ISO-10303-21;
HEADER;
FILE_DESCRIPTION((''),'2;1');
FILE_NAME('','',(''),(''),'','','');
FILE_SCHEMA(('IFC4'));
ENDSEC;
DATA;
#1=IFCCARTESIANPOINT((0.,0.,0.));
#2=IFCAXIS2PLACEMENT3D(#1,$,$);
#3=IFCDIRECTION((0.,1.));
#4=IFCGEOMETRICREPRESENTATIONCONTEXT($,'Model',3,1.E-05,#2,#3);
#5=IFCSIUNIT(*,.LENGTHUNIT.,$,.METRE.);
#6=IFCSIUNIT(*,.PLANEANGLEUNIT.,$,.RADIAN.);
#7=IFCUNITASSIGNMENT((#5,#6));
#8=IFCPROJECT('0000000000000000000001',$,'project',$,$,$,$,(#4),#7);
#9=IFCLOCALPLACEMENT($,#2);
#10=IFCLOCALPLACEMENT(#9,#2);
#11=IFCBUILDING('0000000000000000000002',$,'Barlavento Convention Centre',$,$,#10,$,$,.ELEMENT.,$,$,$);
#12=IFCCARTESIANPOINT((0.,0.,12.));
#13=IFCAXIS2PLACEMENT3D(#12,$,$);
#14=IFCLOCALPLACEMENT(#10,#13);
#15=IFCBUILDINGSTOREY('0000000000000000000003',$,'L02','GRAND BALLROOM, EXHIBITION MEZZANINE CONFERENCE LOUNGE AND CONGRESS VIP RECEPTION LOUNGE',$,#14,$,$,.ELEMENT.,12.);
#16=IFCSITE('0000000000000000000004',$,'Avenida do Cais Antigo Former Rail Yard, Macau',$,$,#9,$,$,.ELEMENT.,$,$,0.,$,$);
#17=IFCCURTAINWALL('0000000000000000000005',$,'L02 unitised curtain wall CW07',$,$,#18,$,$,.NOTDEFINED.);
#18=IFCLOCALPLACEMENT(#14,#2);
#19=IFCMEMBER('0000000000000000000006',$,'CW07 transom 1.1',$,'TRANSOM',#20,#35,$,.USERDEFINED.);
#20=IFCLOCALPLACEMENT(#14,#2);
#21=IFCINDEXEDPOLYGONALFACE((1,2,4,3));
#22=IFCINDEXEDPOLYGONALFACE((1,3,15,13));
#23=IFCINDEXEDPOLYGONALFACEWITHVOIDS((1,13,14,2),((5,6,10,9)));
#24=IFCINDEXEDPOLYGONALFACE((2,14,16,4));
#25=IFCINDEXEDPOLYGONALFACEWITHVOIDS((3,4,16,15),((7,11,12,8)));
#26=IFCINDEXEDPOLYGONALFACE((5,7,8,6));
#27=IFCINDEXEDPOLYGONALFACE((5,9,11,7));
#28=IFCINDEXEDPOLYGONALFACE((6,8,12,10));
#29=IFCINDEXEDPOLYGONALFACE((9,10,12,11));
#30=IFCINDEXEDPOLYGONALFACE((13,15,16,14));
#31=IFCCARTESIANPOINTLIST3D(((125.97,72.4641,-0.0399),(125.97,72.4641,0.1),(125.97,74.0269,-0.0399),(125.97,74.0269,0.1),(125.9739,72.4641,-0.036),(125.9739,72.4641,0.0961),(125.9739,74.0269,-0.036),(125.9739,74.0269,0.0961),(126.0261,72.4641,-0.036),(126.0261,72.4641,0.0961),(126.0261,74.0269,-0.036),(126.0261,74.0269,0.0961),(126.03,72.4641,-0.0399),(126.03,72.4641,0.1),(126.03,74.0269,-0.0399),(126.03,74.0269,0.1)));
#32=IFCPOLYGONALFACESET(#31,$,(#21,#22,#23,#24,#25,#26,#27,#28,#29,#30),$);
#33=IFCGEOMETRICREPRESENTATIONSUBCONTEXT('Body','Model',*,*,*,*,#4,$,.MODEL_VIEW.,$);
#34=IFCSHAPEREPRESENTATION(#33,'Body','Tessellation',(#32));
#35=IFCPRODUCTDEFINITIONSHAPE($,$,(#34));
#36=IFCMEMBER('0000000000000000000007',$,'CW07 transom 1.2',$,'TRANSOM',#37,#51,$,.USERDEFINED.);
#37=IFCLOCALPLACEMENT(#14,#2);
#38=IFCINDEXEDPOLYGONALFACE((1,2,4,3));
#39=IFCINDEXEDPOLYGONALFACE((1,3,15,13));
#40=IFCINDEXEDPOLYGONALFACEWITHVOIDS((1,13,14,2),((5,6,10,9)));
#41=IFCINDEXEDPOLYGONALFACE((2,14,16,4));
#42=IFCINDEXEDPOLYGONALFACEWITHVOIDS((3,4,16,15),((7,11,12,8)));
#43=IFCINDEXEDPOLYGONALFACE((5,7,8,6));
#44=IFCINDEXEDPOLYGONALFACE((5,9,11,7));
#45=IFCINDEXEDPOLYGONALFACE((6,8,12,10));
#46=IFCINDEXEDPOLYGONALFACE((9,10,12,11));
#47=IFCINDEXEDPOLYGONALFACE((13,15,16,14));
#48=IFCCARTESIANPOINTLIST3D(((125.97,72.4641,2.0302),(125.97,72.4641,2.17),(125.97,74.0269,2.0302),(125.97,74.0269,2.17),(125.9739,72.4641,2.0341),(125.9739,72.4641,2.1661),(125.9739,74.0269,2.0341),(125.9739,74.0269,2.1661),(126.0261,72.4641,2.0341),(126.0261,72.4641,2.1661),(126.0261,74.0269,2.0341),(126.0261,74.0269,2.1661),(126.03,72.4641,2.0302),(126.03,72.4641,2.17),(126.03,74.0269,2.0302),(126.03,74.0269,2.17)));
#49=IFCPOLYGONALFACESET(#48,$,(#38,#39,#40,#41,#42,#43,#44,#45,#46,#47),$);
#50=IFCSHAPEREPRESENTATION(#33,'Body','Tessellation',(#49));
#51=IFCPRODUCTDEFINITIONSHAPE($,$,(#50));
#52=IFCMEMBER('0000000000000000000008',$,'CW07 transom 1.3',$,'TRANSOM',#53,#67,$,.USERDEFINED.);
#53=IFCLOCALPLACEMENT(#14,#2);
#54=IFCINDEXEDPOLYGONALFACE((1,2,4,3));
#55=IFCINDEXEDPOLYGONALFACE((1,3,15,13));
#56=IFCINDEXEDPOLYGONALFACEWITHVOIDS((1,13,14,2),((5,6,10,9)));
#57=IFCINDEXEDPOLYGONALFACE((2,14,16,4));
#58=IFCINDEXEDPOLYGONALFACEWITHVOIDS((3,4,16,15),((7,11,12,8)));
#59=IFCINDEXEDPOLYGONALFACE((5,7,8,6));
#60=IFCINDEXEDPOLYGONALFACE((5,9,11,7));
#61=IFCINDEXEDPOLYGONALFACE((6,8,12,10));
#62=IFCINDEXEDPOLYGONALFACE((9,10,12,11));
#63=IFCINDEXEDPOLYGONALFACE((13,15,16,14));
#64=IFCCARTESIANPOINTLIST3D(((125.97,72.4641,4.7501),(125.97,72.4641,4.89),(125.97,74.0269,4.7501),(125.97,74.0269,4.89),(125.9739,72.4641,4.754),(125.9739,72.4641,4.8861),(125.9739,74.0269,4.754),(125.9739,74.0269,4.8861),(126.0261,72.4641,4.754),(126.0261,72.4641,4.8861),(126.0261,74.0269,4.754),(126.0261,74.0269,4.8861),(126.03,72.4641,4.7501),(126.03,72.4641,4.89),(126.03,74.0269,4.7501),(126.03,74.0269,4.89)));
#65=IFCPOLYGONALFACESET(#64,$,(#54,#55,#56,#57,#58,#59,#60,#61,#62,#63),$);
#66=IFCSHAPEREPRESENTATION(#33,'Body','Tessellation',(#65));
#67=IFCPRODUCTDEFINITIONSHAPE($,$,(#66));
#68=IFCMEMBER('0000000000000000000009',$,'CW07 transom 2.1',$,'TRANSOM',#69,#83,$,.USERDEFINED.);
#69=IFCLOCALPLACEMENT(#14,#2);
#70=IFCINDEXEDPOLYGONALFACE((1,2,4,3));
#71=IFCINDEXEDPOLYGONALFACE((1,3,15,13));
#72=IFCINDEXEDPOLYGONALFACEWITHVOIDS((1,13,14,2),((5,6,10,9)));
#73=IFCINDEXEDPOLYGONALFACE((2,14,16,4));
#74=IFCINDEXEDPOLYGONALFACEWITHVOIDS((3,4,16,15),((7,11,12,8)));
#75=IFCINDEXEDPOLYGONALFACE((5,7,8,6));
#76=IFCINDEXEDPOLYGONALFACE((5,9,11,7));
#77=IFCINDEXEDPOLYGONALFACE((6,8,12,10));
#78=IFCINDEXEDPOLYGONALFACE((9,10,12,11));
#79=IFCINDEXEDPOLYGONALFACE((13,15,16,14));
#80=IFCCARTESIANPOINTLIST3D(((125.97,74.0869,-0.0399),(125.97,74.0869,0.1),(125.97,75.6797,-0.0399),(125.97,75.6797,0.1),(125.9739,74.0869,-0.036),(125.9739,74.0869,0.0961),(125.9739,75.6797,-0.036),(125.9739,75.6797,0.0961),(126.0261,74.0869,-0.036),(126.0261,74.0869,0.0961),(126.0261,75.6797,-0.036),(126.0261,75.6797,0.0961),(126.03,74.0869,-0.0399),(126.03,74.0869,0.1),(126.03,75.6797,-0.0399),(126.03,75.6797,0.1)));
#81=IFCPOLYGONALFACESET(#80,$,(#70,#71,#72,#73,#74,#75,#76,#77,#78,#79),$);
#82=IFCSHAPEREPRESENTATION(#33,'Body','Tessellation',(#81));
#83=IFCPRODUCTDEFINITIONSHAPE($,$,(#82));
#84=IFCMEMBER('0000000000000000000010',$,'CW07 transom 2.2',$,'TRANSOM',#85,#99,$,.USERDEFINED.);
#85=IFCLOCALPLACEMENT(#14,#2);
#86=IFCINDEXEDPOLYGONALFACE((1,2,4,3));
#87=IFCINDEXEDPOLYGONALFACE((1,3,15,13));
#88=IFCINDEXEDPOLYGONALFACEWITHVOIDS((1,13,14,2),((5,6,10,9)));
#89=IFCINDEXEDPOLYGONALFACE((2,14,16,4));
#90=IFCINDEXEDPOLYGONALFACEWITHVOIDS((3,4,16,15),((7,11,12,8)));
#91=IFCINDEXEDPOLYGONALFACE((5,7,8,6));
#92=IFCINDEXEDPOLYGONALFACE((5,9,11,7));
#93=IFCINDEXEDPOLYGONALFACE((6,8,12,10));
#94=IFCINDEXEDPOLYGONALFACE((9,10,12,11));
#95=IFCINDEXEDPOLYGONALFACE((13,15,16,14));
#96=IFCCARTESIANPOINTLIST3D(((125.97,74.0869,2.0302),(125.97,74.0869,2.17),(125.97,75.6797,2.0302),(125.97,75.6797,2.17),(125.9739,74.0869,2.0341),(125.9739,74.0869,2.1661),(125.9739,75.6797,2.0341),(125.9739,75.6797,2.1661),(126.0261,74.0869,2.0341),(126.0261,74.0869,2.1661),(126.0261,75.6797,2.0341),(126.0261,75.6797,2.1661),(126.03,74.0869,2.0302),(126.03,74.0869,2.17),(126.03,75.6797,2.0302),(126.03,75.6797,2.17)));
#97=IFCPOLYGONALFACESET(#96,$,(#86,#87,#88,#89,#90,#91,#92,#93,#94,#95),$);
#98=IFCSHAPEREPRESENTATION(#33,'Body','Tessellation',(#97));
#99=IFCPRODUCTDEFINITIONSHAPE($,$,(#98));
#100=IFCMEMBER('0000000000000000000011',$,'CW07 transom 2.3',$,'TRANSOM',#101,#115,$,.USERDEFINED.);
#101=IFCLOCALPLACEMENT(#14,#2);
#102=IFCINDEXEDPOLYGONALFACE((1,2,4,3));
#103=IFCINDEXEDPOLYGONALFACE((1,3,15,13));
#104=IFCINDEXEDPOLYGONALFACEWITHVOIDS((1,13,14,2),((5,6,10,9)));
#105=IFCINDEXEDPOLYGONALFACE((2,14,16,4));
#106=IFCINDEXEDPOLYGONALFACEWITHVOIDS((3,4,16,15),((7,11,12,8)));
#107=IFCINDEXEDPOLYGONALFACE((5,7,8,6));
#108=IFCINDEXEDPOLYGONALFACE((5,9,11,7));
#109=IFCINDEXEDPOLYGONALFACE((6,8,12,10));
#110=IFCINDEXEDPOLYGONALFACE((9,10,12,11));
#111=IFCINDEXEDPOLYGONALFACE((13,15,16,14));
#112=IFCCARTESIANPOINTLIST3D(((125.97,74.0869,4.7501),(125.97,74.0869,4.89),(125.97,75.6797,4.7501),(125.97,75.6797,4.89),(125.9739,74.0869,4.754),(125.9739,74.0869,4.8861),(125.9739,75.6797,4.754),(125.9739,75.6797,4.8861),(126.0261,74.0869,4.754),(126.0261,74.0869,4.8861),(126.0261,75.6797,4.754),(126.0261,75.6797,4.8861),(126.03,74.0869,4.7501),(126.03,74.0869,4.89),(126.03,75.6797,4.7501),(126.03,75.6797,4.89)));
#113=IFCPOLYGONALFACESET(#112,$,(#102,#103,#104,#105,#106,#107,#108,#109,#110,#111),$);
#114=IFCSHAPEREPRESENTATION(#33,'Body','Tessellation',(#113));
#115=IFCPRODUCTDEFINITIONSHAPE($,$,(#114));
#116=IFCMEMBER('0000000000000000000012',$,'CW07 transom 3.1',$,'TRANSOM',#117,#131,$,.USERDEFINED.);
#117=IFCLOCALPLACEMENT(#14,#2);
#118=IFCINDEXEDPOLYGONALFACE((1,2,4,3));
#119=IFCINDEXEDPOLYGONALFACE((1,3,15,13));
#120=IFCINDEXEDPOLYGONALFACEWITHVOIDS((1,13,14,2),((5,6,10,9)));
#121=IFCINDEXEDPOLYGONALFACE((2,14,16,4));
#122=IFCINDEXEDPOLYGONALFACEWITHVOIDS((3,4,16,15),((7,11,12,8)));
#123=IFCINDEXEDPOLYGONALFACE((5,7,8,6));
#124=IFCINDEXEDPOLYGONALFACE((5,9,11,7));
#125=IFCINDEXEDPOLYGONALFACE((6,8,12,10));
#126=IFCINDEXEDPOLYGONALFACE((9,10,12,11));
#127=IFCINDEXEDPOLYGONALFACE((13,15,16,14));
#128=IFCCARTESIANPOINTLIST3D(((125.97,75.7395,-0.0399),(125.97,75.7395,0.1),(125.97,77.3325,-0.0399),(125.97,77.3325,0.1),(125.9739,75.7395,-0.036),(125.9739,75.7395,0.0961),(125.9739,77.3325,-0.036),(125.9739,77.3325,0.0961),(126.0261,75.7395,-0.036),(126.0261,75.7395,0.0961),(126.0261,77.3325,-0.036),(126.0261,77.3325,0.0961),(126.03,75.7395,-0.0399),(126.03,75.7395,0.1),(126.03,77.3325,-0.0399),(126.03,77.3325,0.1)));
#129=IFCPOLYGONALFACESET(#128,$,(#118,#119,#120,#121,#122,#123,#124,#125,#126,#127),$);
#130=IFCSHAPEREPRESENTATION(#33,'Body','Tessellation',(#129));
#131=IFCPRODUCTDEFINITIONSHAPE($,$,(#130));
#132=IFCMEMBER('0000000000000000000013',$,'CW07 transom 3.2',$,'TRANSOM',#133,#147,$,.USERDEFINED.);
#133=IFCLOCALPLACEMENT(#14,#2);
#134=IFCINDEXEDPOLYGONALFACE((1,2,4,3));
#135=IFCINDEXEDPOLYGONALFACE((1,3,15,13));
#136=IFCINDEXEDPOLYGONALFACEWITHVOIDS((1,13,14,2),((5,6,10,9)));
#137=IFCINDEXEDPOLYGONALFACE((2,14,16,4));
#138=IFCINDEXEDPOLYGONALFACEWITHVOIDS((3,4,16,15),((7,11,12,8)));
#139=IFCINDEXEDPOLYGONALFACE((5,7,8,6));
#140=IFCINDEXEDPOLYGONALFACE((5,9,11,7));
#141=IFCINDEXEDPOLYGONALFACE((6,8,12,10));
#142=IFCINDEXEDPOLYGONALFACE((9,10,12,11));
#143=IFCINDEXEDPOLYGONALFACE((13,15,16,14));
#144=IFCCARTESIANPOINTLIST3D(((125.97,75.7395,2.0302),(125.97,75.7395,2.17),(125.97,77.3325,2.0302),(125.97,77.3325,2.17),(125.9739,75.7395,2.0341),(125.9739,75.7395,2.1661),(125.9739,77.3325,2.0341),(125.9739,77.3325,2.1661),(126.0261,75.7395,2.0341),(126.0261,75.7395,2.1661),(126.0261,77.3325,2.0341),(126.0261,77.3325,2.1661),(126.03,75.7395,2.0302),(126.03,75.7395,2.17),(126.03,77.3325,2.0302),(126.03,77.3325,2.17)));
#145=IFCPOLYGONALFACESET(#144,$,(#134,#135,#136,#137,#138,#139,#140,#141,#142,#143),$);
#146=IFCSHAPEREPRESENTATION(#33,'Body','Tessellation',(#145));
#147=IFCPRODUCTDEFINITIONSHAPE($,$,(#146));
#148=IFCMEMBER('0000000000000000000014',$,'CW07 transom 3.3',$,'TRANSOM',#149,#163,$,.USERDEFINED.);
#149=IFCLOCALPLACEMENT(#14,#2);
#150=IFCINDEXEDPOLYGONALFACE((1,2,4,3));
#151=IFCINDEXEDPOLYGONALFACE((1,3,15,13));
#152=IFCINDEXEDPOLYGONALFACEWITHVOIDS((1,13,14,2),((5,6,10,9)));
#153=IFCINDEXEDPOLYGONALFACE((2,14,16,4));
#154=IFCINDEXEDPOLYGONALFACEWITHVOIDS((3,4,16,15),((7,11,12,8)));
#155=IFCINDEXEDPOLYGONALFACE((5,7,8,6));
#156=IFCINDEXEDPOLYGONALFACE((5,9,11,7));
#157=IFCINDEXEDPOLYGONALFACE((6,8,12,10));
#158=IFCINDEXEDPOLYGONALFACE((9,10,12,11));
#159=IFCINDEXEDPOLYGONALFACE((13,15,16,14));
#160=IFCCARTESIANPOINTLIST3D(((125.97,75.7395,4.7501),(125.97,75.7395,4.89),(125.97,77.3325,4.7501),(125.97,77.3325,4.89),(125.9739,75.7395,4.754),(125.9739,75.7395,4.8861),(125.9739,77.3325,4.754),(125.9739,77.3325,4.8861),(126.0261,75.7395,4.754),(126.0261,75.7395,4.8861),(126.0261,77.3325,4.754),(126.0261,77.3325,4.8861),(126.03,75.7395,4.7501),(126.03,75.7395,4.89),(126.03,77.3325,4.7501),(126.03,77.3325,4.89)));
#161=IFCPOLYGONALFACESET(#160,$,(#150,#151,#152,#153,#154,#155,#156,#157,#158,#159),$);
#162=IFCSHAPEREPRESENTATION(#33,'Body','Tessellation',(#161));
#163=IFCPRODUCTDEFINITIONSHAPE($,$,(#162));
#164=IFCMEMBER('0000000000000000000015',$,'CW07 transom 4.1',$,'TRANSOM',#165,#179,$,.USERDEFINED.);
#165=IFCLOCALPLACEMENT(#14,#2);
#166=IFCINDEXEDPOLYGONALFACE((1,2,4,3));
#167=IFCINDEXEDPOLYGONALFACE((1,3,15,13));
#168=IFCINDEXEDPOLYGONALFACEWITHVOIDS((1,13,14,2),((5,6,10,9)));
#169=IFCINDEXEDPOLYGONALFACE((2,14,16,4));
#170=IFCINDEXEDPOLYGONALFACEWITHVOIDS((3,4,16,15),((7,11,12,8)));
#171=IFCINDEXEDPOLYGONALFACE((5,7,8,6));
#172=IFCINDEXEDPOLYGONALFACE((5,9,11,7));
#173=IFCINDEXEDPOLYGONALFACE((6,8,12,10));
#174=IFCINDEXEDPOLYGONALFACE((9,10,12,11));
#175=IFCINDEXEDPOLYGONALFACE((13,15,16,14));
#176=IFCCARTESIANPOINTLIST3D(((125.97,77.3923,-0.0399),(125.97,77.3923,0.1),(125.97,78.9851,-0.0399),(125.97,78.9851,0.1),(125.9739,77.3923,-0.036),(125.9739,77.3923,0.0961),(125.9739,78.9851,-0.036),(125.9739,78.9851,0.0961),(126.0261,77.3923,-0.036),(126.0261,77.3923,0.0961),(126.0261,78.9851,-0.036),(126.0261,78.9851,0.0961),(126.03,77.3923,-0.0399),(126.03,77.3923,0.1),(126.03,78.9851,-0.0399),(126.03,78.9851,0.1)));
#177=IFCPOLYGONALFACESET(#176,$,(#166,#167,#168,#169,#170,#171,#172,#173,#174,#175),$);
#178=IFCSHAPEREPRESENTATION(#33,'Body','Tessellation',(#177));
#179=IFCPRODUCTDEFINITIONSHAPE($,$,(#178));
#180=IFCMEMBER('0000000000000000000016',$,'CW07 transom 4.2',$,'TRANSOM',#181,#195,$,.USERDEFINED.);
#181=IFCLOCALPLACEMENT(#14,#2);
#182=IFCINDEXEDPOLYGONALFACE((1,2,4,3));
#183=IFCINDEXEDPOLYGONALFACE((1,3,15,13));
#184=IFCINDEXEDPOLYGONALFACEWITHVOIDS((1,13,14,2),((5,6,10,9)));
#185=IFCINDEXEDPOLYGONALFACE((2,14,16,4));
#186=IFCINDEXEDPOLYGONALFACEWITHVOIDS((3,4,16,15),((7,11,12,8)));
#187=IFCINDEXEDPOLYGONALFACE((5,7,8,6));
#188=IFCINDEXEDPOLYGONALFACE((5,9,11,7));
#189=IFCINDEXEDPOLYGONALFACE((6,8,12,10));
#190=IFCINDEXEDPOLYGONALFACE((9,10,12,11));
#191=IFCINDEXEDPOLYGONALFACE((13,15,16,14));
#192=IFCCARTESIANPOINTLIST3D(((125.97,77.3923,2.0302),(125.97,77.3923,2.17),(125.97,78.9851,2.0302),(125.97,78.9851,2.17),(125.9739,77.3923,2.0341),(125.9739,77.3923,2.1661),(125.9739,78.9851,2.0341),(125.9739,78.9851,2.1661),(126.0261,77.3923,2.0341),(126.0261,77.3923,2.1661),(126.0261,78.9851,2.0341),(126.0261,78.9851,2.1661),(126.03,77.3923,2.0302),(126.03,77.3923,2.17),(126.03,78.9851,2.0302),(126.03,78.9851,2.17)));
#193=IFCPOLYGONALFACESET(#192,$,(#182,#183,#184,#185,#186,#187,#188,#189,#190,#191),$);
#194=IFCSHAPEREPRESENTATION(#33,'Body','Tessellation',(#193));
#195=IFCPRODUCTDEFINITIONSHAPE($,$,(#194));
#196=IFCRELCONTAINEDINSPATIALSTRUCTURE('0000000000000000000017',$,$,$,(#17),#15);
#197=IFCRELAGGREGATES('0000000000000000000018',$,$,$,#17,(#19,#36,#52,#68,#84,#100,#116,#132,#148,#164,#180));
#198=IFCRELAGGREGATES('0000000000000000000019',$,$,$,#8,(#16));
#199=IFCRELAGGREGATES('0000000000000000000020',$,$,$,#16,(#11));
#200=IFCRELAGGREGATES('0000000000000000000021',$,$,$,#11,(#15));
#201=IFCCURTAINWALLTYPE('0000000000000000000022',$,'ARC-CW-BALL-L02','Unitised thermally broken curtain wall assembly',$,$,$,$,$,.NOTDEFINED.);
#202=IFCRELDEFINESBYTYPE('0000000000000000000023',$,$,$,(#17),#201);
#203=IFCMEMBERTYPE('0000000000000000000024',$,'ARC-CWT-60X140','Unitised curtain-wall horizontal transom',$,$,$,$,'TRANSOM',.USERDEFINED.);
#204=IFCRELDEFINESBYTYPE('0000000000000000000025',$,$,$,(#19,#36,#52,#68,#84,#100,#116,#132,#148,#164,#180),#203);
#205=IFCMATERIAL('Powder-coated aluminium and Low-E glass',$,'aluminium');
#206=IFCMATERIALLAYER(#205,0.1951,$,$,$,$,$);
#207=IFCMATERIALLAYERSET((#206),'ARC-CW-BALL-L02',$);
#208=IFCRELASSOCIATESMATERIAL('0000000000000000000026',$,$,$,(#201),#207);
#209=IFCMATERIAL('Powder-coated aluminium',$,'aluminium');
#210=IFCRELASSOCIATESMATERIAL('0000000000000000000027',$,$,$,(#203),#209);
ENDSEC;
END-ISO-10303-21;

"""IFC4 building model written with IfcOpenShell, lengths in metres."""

from ifc_helpers import new_model, si_unit, direction, frame, origin, origin_2d, place, context, subcontext, project, spatial, hollow_rectangle, extrude, material, layer, layer_set, material_profile, profile_set, type_object, element, aggregate, save


model = new_model("IFC4")

# Units and contexts
model_context = context("Model", 3, precision=1e-05, world=origin(), true_north=direction((0.0, 1.0)))
body_context = subcontext(model_context, "Body", "Model", "MODEL_VIEW")
ifc_project = project(units=[si_unit("LENGTHUNIT", "METRE"), si_unit("PLANEANGLEUNIT", "RADIAN")], contexts=[model_context])

# Site, building, storey
site_placement = place(None, origin())
site = spatial("IfcSite", under=ifc_project, at=site_placement, Name="Avenida do Cais Antigo Former Rail Yard, Macau", CompositionType="ELEMENT", RefElevation=0.0)
building_placement = place(site_placement, origin())
building = spatial("IfcBuilding", under=site, at=building_placement, Name="Barlavento Convention Centre", CompositionType="ELEMENT")
storey_placement = place(building_placement, frame((0.0, 0.0, 12.0)))
storey = spatial("IfcBuildingStorey", under=building, at=storey_placement, Name="L02", Description="GRAND BALLROOM, EXHIBITION MEZZANINE CONFERENCE LOUNGE AND CONGRESS VIP RECEPTION LOUNGE", CompositionType="ELEMENT", Elevation=12.0)

# Shared definitions
ifc_material_1 = material(Name="Powder-coated aluminium and Low-E glass", Category="aluminium")
ifc_material_2 = material(Name="Powder-coated aluminium", Category="aluminium")

# Curtain wall
ifc_layer_1 = layer(ifc_material_1, 0.1951)
ifc_layer_set_1 = layer_set([ifc_layer_1], Name="ARC-CW-BALL-L02")
curtain_wall_type_1 = type_object("IfcCurtainWallType", Name="ARC-CW-BALL-L02", Description="Unitised thermally broken curtain wall assembly", PredefinedType="NOTDEFINED", material=ifc_layer_set_1)
curtain_wall_1_placement = place(storey_placement, origin())
curtain_wall_1 = element("IfcCurtainWall", 1, at=curtain_wall_1_placement, inside=storey, type_object=curtain_wall_type_1, Name="L02 unitised curtain wall CW07", PredefinedType="NOTDEFINED")

# Members
ifc_material_profile_1 = material_profile(ifc_material_2, hollow_rectangle(XDim=0.0601, YDim=0.1399, WallThickness=0.0039, at=origin_2d()), Name="AL-TRAN 60x140x4")
ifc_profile_set_1 = profile_set([ifc_material_profile_1], Name="Powder-coated aluminium")
member_type_1 = type_object("IfcMemberType", Name="ARC-CWT-60X140", Description="Unitised curtain-wall horizontal transom", ElementType="TRANSOM", PredefinedType="USERDEFINED", material=ifc_profile_set_1)
member_1_placement = place(storey_placement, frame((126.0, 72.4641, 0.03), z_axis=(0.0, 1.0, 0.0), x_axis=(-1.0, 0.0, 0.0)))
member_1 = element("IfcMember", 2, at=member_1_placement, type_object=member_type_1, Name="CW07 transom 1.1", ObjectType="TRANSOM", PredefinedType="USERDEFINED", context=body_context, shape_type="SweptSolid", body=[
    extrude(hollow_rectangle(XDim=0.0601, YDim=0.1399, WallThickness=0.0039, at=origin_2d()), origin(), (0.0, 0.0, 1.0), 1.5627),
])
member_2_placement = place(storey_placement, frame((126.0, 72.4641, 2.1001), z_axis=(0.0, 1.0, 0.0), x_axis=(-1.0, 0.0, 0.0)))
member_2 = element("IfcMember", 3, at=member_2_placement, type_object=member_type_1, Name="CW07 transom 1.2", ObjectType="TRANSOM", PredefinedType="USERDEFINED", context=body_context, shape_type="SweptSolid", body=[
    extrude(hollow_rectangle(XDim=0.0601, YDim=0.1399, WallThickness=0.0039, at=origin_2d()), origin(), (0.0, 0.0, 1.0), 1.5627),
])
member_3_placement = place(storey_placement, frame((126.0, 72.4641, 4.8201), z_axis=(0.0, 1.0, 0.0), x_axis=(-1.0, 0.0, 0.0)))
member_3 = element("IfcMember", 4, at=member_3_placement, type_object=member_type_1, Name="CW07 transom 1.3", ObjectType="TRANSOM", PredefinedType="USERDEFINED", context=body_context, shape_type="SweptSolid", body=[
    extrude(hollow_rectangle(XDim=0.0601, YDim=0.1399, WallThickness=0.0039, at=origin_2d()), origin(), (0.0, 0.0, 1.0), 1.5627),
])
member_4_placement = place(storey_placement, frame((126.0, 74.0869, 0.03), z_axis=(0.0, 1.0, 0.0), x_axis=(-1.0, 0.0, 0.0)))
member_4 = element("IfcMember", 5, at=member_4_placement, type_object=member_type_1, Name="CW07 transom 2.1", ObjectType="TRANSOM", PredefinedType="USERDEFINED", context=body_context, shape_type="SweptSolid", body=[
    extrude(hollow_rectangle(XDim=0.0601, YDim=0.1399, WallThickness=0.0039, at=origin_2d()), origin(), (0.0, 0.0, 1.0), 1.5928),
])
member_5_placement = place(storey_placement, frame((126.0, 74.0869, 2.1001), z_axis=(0.0, 1.0, 0.0), x_axis=(-1.0, 0.0, 0.0)))
member_5 = element("IfcMember", 6, at=member_5_placement, type_object=member_type_1, Name="CW07 transom 2.2", ObjectType="TRANSOM", PredefinedType="USERDEFINED", context=body_context, shape_type="SweptSolid", body=[
    extrude(hollow_rectangle(XDim=0.0601, YDim=0.1399, WallThickness=0.0039, at=origin_2d()), origin(), (0.0, 0.0, 1.0), 1.5928),
])
member_6_placement = place(storey_placement, frame((126.0, 74.0869, 4.8201), z_axis=(0.0, 1.0, 0.0), x_axis=(-1.0, 0.0, 0.0)))
member_6 = element("IfcMember", 7, at=member_6_placement, type_object=member_type_1, Name="CW07 transom 2.3", ObjectType="TRANSOM", PredefinedType="USERDEFINED", context=body_context, shape_type="SweptSolid", body=[
    extrude(hollow_rectangle(XDim=0.0601, YDim=0.1399, WallThickness=0.0039, at=origin_2d()), origin(), (0.0, 0.0, 1.0), 1.5928),
])
member_7_placement = place(storey_placement, frame((126.0, 75.7395, 0.03), z_axis=(0.0, 1.0, 0.0), x_axis=(-1.0, 0.0, 0.0)))
member_7 = element("IfcMember", 8, at=member_7_placement, type_object=member_type_1, Name="CW07 transom 3.1", ObjectType="TRANSOM", PredefinedType="USERDEFINED", context=body_context, shape_type="SweptSolid", body=[
    extrude(hollow_rectangle(XDim=0.0601, YDim=0.1399, WallThickness=0.0039, at=origin_2d()), origin(), (0.0, 0.0, 1.0), 1.593),
])
member_8_placement = place(storey_placement, frame((126.0, 75.7395, 2.1001), z_axis=(0.0, 1.0, 0.0), x_axis=(-1.0, 0.0, 0.0)))
member_8 = element("IfcMember", 9, at=member_8_placement, type_object=member_type_1, Name="CW07 transom 3.2", ObjectType="TRANSOM", PredefinedType="USERDEFINED", context=body_context, shape_type="SweptSolid", body=[
    extrude(hollow_rectangle(XDim=0.0601, YDim=0.1399, WallThickness=0.0039, at=origin_2d()), origin(), (0.0, 0.0, 1.0), 1.593),
])
member_9_placement = place(storey_placement, frame((126.0, 75.7395, 4.8201), z_axis=(0.0, 1.0, 0.0), x_axis=(-1.0, 0.0, 0.0)))
member_9 = element("IfcMember", 10, at=member_9_placement, type_object=member_type_1, Name="CW07 transom 3.3", ObjectType="TRANSOM", PredefinedType="USERDEFINED", context=body_context, shape_type="SweptSolid", body=[
    extrude(hollow_rectangle(XDim=0.0601, YDim=0.1399, WallThickness=0.0039, at=origin_2d()), origin(), (0.0, 0.0, 1.0), 1.593),
])
member_10_placement = place(storey_placement, frame((126.0, 77.3923, 0.03), z_axis=(0.0, 1.0, 0.0), x_axis=(-1.0, 0.0, 0.0)))
member_10 = element("IfcMember", 11, at=member_10_placement, type_object=member_type_1, Name="CW07 transom 4.1", ObjectType="TRANSOM", PredefinedType="USERDEFINED", context=body_context, shape_type="SweptSolid", body=[
    extrude(hollow_rectangle(XDim=0.0601, YDim=0.1399, WallThickness=0.0039, at=origin_2d()), origin(), (0.0, 0.0, 1.0), 1.5928),
])
member_11_placement = place(storey_placement, frame((126.0, 77.3923, 2.1001), z_axis=(0.0, 1.0, 0.0), x_axis=(-1.0, 0.0, 0.0)))
member_11 = element("IfcMember", 12, at=member_11_placement, type_object=member_type_1, Name="CW07 transom 4.2", ObjectType="TRANSOM", PredefinedType="USERDEFINED", context=body_context, shape_type="SweptSolid", body=[
    extrude(hollow_rectangle(XDim=0.0601, YDim=0.1399, WallThickness=0.0039, at=origin_2d()), origin(), (0.0, 0.0, 1.0), 1.5928),
])

aggregate(curtain_wall_1, [member_1, member_2, member_3, member_4, member_5, member_6, member_7, member_8, member_9, member_10, member_11])

save(model, "model.ifc")
